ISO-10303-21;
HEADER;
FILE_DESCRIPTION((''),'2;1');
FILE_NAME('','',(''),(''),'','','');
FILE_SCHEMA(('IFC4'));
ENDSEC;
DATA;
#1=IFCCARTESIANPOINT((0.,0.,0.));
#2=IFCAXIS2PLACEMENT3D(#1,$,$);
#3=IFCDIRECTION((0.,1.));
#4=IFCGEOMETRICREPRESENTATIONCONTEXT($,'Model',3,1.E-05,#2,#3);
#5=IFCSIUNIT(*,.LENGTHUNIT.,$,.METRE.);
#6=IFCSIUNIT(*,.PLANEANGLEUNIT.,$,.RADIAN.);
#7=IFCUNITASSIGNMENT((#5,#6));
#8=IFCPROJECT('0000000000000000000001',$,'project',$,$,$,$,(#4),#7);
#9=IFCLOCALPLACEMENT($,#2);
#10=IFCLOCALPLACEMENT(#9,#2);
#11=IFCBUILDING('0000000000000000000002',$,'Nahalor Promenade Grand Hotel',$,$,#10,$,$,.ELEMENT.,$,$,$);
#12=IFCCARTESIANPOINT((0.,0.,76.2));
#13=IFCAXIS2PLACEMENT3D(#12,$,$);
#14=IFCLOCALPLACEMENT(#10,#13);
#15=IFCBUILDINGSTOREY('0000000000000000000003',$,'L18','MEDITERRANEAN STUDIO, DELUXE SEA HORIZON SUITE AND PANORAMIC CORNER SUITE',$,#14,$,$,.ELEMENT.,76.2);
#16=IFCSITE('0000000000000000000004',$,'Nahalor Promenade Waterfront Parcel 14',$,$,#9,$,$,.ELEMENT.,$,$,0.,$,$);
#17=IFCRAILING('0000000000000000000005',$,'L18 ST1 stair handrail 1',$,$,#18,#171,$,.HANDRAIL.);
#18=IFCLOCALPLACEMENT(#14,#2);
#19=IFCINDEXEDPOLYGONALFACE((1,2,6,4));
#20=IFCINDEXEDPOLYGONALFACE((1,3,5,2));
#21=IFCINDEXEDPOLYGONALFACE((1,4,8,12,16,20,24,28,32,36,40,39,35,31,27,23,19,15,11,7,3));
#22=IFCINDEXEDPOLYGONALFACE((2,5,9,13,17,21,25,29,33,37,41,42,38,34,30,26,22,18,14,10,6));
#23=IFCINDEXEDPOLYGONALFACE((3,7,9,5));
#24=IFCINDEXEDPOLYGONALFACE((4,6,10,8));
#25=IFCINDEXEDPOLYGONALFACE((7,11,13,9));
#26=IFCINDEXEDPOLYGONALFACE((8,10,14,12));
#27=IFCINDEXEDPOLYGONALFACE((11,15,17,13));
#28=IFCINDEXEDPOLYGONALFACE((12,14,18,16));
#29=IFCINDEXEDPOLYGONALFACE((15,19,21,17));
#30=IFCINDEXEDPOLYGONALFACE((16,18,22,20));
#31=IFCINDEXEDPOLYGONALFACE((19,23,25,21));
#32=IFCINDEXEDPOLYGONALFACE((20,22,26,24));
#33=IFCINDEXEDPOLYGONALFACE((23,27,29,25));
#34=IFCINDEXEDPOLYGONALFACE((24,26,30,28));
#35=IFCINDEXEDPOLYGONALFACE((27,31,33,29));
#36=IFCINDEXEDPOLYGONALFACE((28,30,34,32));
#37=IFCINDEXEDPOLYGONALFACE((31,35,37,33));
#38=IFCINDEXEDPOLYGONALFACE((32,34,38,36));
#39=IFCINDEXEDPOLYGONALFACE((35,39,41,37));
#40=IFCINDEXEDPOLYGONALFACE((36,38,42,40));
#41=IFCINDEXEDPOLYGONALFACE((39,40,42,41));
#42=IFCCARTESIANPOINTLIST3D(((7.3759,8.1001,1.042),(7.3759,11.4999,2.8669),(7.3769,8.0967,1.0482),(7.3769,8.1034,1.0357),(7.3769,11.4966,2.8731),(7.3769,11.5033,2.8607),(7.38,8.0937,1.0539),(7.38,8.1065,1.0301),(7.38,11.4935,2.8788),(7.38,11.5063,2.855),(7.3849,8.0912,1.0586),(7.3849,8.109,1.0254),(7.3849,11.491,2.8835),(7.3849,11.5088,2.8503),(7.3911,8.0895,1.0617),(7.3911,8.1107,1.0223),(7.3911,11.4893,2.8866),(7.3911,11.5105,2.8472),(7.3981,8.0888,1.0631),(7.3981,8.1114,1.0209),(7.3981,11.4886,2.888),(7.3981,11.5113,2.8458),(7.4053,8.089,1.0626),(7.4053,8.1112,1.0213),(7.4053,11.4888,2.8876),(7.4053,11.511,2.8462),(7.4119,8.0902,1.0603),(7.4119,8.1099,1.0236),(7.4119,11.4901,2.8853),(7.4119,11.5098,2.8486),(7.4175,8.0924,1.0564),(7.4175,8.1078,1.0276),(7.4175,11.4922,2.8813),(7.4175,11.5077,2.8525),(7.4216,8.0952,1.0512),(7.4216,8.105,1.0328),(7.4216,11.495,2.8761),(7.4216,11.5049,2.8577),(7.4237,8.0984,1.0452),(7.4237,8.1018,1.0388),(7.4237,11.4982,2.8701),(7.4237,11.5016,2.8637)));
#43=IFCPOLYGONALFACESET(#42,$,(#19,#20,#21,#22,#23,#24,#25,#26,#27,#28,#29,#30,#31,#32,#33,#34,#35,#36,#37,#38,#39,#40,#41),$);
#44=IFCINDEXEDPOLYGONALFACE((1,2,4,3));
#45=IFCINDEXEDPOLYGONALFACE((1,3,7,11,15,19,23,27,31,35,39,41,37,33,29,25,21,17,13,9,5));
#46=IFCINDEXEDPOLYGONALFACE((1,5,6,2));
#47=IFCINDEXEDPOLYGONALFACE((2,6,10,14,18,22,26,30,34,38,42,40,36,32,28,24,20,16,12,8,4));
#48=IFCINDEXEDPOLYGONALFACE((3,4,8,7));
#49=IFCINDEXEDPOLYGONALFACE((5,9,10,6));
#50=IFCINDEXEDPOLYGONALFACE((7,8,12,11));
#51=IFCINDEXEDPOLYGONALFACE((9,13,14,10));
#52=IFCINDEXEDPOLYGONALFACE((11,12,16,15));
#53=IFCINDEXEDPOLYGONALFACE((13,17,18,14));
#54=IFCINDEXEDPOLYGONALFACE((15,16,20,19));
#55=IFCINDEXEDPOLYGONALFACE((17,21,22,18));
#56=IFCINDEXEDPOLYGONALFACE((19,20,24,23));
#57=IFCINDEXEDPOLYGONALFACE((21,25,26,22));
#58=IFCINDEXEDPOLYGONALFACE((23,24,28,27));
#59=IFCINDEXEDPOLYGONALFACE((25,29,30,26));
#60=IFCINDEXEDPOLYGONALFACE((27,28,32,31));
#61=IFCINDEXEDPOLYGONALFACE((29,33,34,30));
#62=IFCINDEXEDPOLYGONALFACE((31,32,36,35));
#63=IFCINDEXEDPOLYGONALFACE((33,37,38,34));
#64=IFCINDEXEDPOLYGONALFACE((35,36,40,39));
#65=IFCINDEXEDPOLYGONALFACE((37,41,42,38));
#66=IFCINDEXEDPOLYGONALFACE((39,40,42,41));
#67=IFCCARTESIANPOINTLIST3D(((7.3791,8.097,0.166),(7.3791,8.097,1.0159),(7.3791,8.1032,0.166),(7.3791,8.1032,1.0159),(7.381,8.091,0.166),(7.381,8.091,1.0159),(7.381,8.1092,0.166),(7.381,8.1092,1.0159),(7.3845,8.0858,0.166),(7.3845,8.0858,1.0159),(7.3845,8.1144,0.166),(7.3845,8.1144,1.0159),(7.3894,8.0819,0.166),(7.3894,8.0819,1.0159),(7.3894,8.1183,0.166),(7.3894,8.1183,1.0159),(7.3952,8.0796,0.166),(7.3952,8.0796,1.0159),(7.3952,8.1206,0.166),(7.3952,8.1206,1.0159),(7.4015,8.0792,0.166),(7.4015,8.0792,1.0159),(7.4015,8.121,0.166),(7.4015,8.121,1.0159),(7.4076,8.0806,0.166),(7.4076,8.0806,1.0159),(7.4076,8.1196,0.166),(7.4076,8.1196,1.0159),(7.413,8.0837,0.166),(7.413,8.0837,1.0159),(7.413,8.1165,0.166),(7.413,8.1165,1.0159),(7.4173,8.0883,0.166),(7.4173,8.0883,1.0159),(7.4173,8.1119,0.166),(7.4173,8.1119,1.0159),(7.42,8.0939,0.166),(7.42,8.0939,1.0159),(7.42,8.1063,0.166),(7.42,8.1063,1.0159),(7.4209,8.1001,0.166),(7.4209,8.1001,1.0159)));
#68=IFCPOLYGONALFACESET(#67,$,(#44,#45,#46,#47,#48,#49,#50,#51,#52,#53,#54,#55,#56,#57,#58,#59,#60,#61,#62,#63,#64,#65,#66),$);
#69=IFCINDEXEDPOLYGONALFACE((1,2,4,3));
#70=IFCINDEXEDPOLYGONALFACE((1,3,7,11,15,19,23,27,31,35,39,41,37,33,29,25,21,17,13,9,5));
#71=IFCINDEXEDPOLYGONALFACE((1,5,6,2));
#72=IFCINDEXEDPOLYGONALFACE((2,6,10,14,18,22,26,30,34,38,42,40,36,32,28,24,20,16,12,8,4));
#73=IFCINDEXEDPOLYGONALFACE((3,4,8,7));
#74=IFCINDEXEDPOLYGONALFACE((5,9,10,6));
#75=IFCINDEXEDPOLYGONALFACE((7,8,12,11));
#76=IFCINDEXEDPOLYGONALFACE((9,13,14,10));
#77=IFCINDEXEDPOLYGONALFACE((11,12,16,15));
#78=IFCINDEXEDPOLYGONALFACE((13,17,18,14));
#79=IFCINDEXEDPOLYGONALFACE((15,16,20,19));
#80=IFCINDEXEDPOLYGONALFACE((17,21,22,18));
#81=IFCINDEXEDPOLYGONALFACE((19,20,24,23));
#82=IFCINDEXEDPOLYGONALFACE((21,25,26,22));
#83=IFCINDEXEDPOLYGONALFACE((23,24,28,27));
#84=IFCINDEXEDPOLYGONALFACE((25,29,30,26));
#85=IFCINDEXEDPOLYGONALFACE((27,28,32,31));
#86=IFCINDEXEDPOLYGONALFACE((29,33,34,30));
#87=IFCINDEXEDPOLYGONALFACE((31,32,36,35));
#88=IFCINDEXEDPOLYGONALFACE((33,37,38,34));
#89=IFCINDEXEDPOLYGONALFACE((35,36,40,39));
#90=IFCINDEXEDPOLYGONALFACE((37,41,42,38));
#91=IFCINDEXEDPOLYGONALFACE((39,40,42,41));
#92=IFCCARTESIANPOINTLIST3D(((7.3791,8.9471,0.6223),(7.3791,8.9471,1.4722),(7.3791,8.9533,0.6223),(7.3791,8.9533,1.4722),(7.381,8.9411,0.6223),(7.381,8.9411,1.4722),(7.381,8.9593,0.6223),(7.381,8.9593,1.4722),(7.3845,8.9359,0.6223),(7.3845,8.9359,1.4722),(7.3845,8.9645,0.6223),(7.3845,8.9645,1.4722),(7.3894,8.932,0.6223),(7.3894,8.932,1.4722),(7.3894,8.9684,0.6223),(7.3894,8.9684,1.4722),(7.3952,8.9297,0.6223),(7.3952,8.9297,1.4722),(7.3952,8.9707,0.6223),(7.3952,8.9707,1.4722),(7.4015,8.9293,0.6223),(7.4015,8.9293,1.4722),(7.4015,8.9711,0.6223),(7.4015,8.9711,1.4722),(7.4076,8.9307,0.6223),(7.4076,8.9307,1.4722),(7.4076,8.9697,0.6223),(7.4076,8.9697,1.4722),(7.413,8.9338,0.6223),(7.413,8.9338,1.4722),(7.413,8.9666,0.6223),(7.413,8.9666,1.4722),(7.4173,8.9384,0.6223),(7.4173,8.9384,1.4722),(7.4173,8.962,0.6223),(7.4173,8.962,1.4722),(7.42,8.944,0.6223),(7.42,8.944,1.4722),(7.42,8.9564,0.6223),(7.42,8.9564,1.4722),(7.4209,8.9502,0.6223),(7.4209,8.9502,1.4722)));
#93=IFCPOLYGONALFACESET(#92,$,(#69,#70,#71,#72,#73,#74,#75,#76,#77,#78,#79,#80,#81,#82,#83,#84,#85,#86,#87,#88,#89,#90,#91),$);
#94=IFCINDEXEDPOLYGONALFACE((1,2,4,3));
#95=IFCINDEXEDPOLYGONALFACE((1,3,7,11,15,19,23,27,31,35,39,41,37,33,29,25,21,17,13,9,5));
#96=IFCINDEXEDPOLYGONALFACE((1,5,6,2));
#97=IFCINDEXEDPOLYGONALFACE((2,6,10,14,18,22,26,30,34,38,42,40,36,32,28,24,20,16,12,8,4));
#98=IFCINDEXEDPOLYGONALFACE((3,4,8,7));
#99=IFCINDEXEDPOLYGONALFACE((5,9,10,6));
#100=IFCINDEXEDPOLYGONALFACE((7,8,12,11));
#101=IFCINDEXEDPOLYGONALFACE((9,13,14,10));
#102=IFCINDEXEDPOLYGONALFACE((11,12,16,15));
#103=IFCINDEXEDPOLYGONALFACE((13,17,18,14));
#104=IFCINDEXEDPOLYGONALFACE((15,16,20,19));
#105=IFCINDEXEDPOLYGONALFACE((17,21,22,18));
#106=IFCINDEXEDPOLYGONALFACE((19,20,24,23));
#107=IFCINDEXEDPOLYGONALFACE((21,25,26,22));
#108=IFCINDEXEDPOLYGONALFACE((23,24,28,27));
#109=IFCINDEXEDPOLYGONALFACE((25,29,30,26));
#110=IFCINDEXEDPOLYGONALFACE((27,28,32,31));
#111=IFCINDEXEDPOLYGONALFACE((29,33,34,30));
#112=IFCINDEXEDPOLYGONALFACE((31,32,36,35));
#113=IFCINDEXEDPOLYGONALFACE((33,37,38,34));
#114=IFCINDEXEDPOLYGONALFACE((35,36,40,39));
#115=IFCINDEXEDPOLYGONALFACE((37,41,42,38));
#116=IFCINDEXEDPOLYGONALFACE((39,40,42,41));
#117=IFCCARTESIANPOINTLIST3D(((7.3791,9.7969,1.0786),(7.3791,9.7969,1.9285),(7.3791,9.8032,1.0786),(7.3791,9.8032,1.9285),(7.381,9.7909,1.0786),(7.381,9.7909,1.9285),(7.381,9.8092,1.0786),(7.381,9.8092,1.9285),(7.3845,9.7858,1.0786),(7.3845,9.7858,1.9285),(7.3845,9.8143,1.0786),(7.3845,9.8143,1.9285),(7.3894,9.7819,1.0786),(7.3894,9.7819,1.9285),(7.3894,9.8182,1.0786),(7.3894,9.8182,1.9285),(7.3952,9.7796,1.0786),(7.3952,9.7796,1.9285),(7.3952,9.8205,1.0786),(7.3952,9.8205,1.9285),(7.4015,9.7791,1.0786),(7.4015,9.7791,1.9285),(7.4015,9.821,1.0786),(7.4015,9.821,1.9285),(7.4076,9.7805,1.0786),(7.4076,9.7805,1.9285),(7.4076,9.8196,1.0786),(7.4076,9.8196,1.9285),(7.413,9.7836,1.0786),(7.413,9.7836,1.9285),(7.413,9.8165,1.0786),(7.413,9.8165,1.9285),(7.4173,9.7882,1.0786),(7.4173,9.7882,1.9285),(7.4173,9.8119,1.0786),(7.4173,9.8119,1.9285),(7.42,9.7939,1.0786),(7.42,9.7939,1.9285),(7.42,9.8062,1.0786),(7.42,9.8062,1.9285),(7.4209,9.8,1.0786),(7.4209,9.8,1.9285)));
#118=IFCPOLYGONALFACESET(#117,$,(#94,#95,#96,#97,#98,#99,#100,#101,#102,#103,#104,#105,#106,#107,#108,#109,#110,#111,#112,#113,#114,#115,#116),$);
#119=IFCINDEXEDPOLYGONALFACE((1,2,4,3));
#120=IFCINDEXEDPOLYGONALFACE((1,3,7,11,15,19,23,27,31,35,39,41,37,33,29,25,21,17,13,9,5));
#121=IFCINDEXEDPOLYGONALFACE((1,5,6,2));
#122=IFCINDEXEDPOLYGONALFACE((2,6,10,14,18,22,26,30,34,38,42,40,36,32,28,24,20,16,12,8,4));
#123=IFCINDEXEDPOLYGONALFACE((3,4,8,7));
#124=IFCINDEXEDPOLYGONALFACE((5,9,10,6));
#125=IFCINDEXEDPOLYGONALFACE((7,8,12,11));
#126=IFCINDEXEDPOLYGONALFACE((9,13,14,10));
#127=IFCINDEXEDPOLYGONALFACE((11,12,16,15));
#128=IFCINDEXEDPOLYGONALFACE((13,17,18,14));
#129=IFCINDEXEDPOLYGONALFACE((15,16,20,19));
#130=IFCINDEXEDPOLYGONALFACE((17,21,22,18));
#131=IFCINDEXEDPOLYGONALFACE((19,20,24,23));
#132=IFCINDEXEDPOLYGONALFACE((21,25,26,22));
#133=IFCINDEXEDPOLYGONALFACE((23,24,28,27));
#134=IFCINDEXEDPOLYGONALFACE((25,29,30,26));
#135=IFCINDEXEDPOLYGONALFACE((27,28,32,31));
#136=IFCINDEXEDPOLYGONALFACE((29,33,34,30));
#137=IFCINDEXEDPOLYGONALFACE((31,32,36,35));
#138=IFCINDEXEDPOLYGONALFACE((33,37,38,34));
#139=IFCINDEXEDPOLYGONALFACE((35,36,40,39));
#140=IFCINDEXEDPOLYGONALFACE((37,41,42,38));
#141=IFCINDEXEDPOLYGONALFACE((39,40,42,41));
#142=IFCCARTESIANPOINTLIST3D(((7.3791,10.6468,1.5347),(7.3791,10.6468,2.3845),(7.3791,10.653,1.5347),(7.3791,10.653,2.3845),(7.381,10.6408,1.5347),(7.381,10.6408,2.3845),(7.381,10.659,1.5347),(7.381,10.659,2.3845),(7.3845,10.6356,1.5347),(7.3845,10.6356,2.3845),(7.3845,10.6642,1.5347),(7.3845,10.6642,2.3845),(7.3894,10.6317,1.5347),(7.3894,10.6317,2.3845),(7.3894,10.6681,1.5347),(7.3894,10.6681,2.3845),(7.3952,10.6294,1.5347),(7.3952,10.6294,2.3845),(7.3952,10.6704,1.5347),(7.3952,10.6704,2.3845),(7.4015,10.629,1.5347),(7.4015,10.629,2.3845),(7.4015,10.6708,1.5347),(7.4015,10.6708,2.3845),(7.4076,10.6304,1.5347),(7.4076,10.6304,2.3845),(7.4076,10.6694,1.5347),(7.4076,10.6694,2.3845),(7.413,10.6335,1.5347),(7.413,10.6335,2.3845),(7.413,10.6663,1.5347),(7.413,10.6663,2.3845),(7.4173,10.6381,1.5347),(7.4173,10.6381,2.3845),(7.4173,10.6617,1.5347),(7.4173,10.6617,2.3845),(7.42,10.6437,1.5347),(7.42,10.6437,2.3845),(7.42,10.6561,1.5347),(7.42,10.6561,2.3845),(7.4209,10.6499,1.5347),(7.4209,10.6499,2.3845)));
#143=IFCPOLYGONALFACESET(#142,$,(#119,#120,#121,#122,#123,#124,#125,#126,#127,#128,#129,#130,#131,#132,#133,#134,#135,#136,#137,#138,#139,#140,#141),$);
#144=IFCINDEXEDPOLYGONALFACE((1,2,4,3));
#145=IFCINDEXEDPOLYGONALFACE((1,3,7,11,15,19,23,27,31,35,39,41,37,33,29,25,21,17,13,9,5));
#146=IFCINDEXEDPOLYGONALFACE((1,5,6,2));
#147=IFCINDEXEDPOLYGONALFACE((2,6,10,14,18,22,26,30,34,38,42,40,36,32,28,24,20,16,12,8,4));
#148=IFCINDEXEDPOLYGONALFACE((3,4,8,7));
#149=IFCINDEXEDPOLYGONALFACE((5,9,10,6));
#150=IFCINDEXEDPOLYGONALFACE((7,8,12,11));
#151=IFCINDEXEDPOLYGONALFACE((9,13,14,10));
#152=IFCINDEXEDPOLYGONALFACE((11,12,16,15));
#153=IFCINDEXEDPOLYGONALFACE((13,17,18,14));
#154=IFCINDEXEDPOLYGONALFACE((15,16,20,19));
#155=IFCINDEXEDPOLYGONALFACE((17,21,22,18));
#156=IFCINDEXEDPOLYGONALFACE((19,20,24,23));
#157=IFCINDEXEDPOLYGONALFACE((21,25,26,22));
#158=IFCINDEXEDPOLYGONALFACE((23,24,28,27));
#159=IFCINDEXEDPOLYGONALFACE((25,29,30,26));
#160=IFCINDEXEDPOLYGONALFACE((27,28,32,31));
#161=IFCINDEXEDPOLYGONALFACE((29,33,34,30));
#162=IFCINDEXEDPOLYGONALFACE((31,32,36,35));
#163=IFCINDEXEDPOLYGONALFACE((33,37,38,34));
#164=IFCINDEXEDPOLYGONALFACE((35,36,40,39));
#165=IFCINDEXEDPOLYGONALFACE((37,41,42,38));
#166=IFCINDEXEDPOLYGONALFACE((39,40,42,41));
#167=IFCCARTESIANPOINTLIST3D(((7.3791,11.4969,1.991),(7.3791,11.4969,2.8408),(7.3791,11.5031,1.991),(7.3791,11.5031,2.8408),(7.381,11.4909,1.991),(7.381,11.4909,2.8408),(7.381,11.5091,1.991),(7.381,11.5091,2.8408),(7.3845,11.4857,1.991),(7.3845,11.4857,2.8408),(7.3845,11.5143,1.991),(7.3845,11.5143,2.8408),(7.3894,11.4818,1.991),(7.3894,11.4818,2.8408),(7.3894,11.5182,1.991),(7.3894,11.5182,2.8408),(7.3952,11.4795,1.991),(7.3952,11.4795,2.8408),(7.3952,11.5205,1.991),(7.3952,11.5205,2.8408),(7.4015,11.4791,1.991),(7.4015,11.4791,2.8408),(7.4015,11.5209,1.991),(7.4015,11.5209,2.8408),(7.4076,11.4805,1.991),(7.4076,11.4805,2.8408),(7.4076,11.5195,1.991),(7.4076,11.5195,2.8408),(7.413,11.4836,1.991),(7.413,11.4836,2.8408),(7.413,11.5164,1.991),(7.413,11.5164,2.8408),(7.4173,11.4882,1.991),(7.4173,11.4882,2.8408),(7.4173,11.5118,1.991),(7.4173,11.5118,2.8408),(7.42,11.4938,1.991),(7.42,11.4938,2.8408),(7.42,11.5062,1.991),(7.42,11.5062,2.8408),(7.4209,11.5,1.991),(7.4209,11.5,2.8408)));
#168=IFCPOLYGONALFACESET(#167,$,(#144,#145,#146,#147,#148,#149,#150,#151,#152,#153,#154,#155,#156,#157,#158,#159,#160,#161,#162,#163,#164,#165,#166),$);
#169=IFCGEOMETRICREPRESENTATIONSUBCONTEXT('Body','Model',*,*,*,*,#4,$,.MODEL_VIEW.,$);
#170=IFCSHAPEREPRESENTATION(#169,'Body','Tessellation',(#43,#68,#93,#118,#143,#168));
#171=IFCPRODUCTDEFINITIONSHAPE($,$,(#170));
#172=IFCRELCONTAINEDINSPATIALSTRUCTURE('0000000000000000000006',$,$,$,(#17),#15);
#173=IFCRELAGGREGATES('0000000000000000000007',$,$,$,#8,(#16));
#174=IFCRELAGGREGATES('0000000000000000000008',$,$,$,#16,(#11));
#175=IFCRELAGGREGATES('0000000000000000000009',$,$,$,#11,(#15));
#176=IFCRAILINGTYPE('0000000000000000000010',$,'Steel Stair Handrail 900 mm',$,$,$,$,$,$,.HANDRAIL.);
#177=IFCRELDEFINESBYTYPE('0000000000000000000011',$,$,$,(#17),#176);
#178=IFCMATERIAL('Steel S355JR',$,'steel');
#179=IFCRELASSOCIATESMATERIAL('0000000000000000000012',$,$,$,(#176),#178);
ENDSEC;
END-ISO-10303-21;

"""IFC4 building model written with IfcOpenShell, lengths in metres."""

from ifc_helpers import new_model, si_unit, direction, frame, origin, origin_2d, place, context, subcontext, project, spatial, circle, extrude, material, type_object, element, save


model = new_model("IFC4")

# Units and contexts
model_context = context("Model", 3, precision=1e-05, world=origin(), true_north=direction((0.0, 1.0)))
body_context = subcontext(model_context, "Body", "Model", "MODEL_VIEW")
ifc_project = project(units=[si_unit("LENGTHUNIT", "METRE"), si_unit("PLANEANGLEUNIT", "RADIAN")], contexts=[model_context])

# Site, building, storey
site_placement = place(None, origin())
site = spatial("IfcSite", under=ifc_project, at=site_placement, Name="Nahalor Promenade Waterfront Parcel 14", CompositionType="ELEMENT", RefElevation=0.0)
building_placement = place(site_placement, origin())
building = spatial("IfcBuilding", under=site, at=building_placement, Name="Nahalor Promenade Grand Hotel", CompositionType="ELEMENT")
storey_placement = place(building_placement, frame((0.0, 0.0, 76.2)))
storey = spatial("IfcBuildingStorey", under=building, at=storey_placement, Name="L18", Description="MEDITERRANEAN STUDIO, DELUXE SEA HORIZON SUITE AND PANORAMIC CORNER SUITE", CompositionType="ELEMENT", Elevation=76.2)

# Shared definitions
ifc_material_1 = material(Name="Steel S355JR", Category="steel")

# Railing
railing_type_1 = type_object("IfcRailingType", Name="Steel Stair Handrail 900 mm", PredefinedType="HANDRAIL", material=ifc_material_1)
railing_1_placement = place(storey_placement, frame((7.3999, 8.1001, 0.166)))
element("IfcRailing", 1, at=railing_1_placement, inside=storey, type_object=railing_type_1, Name="L18 ST1 stair handrail 1", PredefinedType="HANDRAIL", context=body_context, shape_type="SweptSolid", body=[
    extrude(circle(Radius=0.024, at=origin_2d()), frame((0.0, 0.0, 0.876), z_axis=(0.0, 0.881094, 0.472941), x_axis=(-1.0, 0.0, 0.0)), (0.0, 0.0, 1.0), 3.8586),
    extrude(circle(Radius=0.021, at=origin_2d()), origin(), (0.0, 0.0, 1.0), 0.8499),
    extrude(circle(Radius=0.021, at=origin_2d()), frame((0.0, 0.8501, 0.4563)), (0.0, 0.0, 1.0), 0.8499),
    extrude(circle(Radius=0.021, at=origin_2d()), frame((0.0, 1.7, 0.9126)), (0.0, 0.0, 1.0), 0.8499),
    extrude(circle(Radius=0.021, at=origin_2d()), frame((0.0, 2.5498, 1.3687)), (0.0, 0.0, 1.0), 0.8499),
    extrude(circle(Radius=0.021, at=origin_2d()), frame((0.0, 3.3999, 1.825)), (0.0, 0.0, 1.0), 0.8499),
])

save(model, "model.ifc")
